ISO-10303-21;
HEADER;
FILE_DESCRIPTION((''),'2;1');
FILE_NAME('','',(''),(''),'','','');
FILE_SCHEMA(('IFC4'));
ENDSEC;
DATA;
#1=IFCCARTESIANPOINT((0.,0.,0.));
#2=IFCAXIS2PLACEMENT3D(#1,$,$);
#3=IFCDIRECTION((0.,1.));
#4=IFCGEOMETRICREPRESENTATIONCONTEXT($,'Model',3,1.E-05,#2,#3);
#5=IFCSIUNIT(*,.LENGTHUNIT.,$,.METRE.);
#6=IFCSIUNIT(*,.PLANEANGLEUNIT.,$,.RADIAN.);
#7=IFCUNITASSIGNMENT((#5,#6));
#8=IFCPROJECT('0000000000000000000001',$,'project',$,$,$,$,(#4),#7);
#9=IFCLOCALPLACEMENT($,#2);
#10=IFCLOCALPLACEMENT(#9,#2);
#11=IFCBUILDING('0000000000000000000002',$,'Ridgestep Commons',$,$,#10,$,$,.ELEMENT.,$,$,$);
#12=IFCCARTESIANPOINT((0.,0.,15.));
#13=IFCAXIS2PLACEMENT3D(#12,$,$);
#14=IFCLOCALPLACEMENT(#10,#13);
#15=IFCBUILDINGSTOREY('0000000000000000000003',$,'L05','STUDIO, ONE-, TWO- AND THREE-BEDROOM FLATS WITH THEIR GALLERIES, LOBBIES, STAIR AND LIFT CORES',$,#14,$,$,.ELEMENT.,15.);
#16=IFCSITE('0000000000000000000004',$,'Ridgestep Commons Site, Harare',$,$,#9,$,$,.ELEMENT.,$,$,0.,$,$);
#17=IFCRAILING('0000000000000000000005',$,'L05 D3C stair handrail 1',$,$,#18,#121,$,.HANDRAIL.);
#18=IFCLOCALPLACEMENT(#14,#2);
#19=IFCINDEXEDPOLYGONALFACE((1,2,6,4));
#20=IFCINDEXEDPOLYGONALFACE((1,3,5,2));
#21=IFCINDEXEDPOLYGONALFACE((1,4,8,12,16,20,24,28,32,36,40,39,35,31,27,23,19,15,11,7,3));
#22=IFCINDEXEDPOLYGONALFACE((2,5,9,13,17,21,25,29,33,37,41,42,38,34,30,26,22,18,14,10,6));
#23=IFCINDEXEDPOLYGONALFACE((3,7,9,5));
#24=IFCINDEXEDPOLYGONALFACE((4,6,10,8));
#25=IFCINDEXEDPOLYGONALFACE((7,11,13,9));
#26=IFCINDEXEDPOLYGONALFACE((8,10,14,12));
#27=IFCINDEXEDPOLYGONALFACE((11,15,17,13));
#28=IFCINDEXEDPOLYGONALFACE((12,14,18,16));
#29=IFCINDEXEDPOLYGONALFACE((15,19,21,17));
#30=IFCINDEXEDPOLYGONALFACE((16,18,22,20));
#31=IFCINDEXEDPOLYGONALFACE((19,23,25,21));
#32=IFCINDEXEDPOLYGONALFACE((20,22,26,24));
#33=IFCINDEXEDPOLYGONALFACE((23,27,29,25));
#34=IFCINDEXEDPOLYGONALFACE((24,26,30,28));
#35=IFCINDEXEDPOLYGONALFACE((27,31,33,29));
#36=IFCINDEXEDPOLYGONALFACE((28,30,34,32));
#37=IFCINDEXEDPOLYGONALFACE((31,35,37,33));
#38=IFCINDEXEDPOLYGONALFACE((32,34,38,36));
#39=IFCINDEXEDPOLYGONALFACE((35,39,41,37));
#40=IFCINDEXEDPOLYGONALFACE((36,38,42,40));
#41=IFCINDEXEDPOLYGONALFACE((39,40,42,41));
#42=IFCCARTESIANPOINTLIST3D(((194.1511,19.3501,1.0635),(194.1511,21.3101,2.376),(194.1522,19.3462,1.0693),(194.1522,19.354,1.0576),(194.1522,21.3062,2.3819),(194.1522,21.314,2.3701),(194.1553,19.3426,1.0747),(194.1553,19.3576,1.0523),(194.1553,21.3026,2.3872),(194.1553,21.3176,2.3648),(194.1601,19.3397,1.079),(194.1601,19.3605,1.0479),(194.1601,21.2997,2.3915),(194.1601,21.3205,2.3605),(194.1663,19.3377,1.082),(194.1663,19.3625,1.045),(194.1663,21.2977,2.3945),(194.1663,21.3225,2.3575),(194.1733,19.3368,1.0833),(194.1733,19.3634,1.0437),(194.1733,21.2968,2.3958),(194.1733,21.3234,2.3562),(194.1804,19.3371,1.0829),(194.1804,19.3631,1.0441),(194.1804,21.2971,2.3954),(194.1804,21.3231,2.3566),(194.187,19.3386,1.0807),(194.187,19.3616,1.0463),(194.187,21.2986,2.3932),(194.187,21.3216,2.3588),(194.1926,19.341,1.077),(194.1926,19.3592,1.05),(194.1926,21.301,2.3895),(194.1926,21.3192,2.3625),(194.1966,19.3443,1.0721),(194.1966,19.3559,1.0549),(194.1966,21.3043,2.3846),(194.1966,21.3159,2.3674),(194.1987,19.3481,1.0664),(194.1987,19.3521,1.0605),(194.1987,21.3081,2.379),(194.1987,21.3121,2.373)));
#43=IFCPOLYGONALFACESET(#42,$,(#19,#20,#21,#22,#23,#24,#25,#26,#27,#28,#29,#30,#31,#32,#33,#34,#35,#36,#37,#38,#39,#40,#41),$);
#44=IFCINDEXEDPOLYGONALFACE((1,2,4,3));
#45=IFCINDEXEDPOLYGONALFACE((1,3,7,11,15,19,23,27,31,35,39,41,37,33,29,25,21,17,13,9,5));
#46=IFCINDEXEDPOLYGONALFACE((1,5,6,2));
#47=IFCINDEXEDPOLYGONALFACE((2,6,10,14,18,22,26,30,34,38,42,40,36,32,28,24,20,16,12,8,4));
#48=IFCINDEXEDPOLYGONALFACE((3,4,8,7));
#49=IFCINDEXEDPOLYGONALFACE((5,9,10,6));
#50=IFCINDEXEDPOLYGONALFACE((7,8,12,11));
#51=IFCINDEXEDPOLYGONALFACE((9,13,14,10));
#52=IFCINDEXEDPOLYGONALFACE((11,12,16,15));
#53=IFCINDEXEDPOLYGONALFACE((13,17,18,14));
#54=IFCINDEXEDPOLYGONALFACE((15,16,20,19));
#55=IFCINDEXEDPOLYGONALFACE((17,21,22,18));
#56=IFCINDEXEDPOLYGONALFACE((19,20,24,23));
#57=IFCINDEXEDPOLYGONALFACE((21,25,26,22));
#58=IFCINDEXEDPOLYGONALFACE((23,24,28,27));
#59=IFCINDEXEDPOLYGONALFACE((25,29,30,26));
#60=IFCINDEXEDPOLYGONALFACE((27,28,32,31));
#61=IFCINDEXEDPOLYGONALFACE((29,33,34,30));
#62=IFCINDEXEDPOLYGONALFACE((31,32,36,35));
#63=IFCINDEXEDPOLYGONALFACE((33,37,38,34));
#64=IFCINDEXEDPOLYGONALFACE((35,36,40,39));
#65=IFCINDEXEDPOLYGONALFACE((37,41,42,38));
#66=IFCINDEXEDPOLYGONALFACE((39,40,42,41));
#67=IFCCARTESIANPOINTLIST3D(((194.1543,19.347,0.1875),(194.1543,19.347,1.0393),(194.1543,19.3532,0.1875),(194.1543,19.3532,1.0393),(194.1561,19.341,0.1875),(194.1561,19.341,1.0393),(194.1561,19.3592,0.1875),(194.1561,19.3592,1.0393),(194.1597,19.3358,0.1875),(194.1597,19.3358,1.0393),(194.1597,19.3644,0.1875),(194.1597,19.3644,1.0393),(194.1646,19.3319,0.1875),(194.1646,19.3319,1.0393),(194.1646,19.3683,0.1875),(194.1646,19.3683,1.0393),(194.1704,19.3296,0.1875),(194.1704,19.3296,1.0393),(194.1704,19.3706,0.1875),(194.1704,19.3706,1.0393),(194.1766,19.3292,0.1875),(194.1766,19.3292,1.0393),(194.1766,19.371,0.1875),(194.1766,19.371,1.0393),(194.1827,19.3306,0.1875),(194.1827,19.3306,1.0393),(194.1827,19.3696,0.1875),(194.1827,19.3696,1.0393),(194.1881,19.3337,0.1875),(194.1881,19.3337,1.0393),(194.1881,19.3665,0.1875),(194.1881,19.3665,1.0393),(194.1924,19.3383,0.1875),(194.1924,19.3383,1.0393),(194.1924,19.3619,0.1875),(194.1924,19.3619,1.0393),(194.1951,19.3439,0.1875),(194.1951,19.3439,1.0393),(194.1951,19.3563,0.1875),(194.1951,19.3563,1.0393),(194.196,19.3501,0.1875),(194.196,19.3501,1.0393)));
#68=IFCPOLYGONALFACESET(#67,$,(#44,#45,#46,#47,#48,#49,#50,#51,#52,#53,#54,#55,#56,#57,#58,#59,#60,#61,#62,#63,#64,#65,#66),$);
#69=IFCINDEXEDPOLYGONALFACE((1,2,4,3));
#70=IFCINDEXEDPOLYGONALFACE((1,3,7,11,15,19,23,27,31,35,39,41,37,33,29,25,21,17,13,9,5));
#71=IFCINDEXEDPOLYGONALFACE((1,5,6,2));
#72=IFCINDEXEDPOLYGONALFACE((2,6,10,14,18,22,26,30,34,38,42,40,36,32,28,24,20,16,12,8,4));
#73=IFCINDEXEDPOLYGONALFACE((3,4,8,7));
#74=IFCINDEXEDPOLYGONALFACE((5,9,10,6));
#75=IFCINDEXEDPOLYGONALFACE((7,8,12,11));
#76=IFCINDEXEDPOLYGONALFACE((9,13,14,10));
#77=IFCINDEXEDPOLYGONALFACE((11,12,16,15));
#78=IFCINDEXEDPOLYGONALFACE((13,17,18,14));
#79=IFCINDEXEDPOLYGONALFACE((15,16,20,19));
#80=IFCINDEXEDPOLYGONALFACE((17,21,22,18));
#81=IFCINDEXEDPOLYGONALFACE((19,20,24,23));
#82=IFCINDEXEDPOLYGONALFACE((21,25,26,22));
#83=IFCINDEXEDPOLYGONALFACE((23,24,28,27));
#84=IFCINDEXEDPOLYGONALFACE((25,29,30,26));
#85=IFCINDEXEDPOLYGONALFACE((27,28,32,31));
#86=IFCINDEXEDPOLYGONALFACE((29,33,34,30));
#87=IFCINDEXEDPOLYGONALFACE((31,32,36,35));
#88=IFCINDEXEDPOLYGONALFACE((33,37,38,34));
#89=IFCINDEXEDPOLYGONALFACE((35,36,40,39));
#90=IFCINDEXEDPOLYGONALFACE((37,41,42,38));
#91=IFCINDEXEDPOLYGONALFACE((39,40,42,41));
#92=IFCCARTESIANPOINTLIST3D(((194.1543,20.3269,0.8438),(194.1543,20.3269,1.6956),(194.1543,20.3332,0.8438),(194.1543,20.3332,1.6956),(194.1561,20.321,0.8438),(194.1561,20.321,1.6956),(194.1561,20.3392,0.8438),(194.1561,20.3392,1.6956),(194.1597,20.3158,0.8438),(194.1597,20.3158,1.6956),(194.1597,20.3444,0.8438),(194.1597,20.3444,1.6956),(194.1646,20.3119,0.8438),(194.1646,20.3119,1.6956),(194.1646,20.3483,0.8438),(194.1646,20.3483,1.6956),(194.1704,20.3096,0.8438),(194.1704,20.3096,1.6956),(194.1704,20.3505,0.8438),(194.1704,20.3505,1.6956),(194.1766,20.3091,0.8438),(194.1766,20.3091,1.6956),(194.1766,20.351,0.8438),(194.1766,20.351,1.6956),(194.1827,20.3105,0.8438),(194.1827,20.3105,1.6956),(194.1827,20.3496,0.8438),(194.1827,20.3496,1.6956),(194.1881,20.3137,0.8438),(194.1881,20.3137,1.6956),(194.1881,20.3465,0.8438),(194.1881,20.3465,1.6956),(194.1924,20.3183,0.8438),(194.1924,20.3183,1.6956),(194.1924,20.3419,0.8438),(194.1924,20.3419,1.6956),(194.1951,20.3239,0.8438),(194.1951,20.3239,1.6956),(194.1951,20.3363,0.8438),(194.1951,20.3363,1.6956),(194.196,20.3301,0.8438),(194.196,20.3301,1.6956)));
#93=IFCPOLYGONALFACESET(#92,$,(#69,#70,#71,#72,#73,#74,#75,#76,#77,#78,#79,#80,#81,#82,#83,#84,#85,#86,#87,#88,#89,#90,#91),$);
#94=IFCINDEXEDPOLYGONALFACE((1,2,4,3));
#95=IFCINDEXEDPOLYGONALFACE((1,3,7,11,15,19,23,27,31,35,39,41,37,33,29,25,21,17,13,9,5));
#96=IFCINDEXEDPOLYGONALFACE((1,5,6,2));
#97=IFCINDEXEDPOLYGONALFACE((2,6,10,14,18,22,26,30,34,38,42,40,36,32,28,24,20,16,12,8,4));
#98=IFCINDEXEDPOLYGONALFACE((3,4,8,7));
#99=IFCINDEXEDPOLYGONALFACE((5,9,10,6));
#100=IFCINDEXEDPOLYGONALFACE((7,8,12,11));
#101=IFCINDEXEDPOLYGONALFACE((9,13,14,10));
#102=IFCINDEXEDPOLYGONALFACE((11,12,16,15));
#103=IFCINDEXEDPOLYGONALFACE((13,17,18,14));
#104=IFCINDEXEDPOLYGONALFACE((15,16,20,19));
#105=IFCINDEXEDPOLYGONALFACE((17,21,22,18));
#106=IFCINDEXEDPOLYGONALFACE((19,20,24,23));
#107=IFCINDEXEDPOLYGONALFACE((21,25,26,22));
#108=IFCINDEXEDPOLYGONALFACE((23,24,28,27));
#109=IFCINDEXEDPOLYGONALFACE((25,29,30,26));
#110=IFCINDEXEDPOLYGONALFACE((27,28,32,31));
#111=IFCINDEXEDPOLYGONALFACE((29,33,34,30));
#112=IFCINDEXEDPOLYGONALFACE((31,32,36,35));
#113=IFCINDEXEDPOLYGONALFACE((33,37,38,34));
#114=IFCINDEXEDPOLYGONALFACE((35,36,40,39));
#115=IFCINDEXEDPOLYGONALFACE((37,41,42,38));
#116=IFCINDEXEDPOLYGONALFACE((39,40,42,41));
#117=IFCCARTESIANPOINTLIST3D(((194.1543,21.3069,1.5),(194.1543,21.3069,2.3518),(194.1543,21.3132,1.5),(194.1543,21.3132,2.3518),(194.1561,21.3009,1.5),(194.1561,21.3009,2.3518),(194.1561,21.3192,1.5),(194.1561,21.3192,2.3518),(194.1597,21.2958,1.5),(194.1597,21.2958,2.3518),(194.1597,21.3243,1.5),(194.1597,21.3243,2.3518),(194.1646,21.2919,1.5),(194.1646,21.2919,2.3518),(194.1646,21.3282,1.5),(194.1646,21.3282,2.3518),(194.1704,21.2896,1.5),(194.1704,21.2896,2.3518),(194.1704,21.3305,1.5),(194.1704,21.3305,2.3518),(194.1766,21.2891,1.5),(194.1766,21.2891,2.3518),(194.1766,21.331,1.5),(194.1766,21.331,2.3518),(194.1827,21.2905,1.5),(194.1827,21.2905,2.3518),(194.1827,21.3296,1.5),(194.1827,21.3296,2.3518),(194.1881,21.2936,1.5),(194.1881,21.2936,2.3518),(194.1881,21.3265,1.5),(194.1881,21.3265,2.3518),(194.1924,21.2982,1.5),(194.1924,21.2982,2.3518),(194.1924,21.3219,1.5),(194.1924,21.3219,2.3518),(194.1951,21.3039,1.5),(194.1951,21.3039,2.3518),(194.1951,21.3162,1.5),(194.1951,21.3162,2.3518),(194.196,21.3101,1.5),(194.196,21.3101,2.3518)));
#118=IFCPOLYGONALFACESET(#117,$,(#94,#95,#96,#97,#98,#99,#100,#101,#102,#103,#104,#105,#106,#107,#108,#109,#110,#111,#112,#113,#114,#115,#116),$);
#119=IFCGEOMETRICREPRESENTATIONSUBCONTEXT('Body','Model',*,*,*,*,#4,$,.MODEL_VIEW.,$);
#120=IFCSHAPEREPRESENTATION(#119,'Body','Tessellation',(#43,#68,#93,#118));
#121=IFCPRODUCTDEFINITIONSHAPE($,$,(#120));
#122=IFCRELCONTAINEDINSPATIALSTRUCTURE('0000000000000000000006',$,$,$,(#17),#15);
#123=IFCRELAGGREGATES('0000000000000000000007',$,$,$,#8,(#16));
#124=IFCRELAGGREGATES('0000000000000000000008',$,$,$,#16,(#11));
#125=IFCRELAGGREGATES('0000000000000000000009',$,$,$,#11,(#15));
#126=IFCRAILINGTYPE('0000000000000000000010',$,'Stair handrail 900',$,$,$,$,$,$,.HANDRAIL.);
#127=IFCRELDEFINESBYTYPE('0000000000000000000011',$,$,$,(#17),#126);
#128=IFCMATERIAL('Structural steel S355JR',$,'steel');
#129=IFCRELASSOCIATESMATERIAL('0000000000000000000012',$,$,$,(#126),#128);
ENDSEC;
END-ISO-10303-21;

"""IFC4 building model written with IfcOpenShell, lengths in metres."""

from ifc_helpers import new_model, si_unit, direction, frame, origin, origin_2d, place, context, subcontext, project, spatial, circle, extrude, material, type_object, element, save


model = new_model("IFC4")

# Units and contexts
model_context = context("Model", 3, precision=1e-05, world=origin(), true_north=direction((0.0, 1.0)))
body_context = subcontext(model_context, "Body", "Model", "MODEL_VIEW")
ifc_project = project(units=[si_unit("LENGTHUNIT", "METRE"), si_unit("PLANEANGLEUNIT", "RADIAN")], contexts=[model_context])

# Site, building, storey
site_placement = place(None, origin())
site = spatial("IfcSite", under=ifc_project, at=site_placement, Name="Ridgestep Commons Site, Harare", CompositionType="ELEMENT", RefElevation=0.0)
building_placement = place(site_placement, origin())
building = spatial("IfcBuilding", under=site, at=building_placement, Name="Ridgestep Commons", CompositionType="ELEMENT")
storey_placement = place(building_placement, frame((0.0, 0.0, 15.0)))
storey = spatial("IfcBuildingStorey", under=building, at=storey_placement, Name="L05", Description="STUDIO, ONE-, TWO- AND THREE-BEDROOM FLATS WITH THEIR GALLERIES, LOBBIES, STAIR AND LIFT CORES", CompositionType="ELEMENT", Elevation=15.0)

# Railing
ifc_material_1 = material(Name="Structural steel S355JR", Category="steel")
railing_type_1 = type_object("IfcRailingType", Name="Stair handrail 900", PredefinedType="HANDRAIL", material=ifc_material_1)
railing_1_placement = place(storey_placement, frame((194.175, 19.3501, 0.1875)))
element("IfcRailing", 1, at=railing_1_placement, inside=storey, type_object=railing_type_1, Name="L05 D3C stair handrail 1", PredefinedType="HANDRAIL", context=body_context, shape_type="SweptSolid", body=[
    extrude(circle(Radius=0.0239, at=origin_2d()), frame((0.0, 0.0, 0.876), z_axis=(0.0, 0.830902, 0.556419), x_axis=(-1.0, 0.0, 0.0)), (0.0, 0.0, 1.0), 2.3589),
    extrude(circle(Radius=0.021, at=origin_2d()), origin(), (0.0, 0.0, 1.0), 0.8518),
    extrude(circle(Radius=0.021, at=origin_2d()), frame((0.0, 0.98, 0.6562)), (0.0, 0.0, 1.0), 0.8518),
    extrude(circle(Radius=0.021, at=origin_2d()), frame((0.0, 1.96, 1.3125)), (0.0, 0.0, 1.0), 0.8518),
])

save(model, "model.ifc")
